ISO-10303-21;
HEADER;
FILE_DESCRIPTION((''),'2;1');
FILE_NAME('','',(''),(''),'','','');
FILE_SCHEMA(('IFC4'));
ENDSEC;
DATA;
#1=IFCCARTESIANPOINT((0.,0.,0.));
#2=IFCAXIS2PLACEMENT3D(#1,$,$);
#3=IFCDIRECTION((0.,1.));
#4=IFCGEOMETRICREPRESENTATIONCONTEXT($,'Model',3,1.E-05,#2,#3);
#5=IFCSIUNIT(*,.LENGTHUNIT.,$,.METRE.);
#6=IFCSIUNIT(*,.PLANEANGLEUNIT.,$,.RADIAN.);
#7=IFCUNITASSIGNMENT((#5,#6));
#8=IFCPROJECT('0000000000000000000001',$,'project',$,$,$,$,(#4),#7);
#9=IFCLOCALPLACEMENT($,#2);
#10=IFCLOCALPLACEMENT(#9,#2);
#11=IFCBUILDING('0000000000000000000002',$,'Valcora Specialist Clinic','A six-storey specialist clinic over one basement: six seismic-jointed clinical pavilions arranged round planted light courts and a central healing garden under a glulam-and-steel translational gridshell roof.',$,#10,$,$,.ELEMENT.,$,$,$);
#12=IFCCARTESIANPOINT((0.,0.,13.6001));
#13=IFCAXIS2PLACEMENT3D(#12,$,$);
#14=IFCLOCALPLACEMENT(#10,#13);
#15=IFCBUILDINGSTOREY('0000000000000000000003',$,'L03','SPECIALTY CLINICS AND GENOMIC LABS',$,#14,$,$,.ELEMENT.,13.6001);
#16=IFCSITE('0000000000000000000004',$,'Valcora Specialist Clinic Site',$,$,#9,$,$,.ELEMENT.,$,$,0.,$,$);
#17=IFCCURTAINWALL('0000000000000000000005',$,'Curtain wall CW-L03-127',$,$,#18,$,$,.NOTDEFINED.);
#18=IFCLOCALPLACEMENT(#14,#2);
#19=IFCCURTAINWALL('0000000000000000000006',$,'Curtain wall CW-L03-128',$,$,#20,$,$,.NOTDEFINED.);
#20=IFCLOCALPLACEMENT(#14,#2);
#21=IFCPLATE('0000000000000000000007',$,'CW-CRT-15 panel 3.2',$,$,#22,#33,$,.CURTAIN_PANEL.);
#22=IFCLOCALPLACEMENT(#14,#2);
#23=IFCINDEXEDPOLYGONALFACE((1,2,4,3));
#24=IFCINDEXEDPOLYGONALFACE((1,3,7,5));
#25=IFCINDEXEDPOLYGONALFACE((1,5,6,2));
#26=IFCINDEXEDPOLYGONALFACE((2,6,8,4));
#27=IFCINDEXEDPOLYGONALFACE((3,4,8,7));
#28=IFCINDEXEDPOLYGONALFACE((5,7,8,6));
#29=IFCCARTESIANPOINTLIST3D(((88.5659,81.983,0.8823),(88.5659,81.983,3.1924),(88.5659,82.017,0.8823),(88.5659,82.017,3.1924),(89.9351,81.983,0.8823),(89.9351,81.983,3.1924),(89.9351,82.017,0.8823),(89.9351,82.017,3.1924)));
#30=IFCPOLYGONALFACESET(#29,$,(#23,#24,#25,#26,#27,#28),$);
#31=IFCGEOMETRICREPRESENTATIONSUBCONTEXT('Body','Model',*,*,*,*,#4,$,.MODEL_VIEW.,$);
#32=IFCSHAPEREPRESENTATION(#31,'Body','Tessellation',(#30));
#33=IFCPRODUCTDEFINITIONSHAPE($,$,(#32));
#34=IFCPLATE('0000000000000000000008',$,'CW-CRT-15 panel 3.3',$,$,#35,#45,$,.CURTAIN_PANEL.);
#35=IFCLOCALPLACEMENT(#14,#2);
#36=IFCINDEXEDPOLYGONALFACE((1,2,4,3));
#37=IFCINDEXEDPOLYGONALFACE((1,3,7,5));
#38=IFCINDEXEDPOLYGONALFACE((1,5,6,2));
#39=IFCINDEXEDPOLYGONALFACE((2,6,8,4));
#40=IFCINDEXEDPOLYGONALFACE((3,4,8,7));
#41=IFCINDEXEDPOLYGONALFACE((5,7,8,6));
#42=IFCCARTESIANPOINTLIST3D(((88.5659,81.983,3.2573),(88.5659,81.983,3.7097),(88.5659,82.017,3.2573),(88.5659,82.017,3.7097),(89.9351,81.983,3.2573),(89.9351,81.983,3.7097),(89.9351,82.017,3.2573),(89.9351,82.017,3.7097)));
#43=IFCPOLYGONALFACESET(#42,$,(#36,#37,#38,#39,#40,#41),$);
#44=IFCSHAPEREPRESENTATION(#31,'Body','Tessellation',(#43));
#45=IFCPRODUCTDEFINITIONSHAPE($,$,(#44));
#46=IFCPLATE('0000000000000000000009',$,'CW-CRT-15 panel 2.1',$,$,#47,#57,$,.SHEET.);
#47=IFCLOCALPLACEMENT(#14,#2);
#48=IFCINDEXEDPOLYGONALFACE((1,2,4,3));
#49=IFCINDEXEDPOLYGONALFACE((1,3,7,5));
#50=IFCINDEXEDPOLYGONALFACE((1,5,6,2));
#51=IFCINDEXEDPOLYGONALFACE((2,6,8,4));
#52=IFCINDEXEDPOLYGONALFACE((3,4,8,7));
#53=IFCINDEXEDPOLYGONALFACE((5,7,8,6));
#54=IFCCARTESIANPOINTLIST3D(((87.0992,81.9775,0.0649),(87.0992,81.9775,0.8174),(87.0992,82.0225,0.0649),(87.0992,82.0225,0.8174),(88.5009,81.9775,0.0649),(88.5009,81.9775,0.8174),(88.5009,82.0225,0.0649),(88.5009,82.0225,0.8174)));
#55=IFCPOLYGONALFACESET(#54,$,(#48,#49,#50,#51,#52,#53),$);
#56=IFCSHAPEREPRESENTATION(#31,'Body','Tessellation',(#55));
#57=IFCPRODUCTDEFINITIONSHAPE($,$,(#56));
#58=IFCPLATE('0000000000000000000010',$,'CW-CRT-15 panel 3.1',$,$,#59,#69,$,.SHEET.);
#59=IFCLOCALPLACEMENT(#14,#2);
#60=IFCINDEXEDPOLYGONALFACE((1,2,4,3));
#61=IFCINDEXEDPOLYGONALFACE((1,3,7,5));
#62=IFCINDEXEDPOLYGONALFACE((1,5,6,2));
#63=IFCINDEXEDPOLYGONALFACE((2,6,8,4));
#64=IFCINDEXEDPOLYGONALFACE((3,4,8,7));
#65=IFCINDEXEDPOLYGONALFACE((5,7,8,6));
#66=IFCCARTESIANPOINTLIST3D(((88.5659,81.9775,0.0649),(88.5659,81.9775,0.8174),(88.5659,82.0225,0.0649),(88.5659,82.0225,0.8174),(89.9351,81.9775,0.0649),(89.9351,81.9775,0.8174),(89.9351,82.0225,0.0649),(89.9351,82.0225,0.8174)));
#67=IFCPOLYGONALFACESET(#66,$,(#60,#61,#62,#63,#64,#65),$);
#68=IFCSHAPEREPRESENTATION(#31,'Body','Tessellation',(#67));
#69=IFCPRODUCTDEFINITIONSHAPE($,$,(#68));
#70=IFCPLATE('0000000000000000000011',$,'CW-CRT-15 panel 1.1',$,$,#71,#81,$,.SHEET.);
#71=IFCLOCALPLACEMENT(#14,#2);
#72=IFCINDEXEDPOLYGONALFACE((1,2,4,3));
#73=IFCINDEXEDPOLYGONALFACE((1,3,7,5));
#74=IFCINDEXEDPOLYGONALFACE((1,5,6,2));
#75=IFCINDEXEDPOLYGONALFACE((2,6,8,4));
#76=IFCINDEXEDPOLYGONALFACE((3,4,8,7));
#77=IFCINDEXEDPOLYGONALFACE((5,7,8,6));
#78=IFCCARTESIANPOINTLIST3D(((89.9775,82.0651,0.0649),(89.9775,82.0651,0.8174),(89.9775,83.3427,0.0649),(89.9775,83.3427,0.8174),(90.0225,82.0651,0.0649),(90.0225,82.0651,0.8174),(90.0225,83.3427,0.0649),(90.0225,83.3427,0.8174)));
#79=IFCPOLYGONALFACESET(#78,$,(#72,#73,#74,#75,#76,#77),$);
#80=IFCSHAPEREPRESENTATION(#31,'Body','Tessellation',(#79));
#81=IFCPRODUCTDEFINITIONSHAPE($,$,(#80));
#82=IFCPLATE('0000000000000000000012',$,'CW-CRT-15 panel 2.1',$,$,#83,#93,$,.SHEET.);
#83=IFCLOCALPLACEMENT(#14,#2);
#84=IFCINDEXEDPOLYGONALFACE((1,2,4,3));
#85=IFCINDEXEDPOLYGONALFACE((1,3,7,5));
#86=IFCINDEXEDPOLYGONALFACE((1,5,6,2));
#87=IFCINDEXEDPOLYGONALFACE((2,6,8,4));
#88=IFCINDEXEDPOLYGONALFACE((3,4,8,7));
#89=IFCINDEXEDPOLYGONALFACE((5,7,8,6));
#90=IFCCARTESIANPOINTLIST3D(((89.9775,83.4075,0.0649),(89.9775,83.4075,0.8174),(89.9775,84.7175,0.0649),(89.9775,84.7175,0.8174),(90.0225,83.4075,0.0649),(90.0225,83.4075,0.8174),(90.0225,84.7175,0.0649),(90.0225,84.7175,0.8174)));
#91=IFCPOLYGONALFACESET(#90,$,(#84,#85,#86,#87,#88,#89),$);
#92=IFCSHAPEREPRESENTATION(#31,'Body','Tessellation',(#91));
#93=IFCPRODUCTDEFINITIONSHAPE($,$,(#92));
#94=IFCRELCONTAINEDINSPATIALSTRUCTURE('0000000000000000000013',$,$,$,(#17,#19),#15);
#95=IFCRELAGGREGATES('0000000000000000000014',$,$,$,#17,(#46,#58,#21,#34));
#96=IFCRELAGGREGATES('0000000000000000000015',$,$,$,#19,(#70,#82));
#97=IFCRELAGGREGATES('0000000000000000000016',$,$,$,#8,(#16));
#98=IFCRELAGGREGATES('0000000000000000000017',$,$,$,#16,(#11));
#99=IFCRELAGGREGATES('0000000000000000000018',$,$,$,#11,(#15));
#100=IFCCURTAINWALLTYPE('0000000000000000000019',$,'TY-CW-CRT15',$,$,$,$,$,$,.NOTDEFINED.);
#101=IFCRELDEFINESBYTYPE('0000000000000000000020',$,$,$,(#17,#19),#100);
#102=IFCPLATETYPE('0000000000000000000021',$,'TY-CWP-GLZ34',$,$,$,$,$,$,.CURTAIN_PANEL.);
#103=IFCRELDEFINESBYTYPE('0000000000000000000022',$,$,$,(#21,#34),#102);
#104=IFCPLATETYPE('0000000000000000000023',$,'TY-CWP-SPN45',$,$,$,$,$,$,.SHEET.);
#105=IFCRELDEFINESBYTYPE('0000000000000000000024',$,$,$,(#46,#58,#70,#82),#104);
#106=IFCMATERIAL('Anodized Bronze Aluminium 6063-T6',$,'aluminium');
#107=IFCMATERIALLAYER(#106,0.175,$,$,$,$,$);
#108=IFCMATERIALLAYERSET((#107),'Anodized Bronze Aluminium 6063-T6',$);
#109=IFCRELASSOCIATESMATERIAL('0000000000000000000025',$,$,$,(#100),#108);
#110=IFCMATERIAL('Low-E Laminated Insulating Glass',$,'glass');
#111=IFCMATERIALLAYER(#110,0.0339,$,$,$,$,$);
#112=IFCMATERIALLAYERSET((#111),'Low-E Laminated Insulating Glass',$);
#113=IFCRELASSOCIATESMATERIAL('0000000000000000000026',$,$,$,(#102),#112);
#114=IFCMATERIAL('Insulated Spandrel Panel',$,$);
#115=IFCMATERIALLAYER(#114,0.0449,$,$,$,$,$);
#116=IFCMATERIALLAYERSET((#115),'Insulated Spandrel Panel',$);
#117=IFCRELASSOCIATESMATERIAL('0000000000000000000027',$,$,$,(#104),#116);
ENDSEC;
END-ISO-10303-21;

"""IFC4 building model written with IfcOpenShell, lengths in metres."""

from ifc_helpers import new_model, si_unit, direction, frame, origin, origin_2d, place, context, subcontext, project, spatial, rectangle, extrude, material, layer, layer_set, type_object, element, aggregate, save


model = new_model("IFC4")

# Units and contexts
model_context = context("Model", 3, precision=1e-05, world=origin(), true_north=direction((0.0, 1.0)))
body_context = subcontext(model_context, "Body", "Model", "MODEL_VIEW")
ifc_project = project(units=[si_unit("LENGTHUNIT", "METRE"), si_unit("PLANEANGLEUNIT", "RADIAN")], contexts=[model_context])

# Site, building, storey
site_placement = place(None, origin())
site = spatial("IfcSite", under=ifc_project, at=site_placement, Name="Valcora Specialist Clinic Site", CompositionType="ELEMENT", RefElevation=0.0)
building_placement = place(site_placement, origin())
building = spatial("IfcBuilding", under=site, at=building_placement, Name="Valcora Specialist Clinic", Description="A six-storey specialist clinic over one basement: six seismic-jointed clinical pavilions arranged round planted light courts and a central healing garden under a glulam-and-steel translational gridshell roof.", CompositionType="ELEMENT")
storey_placement = place(building_placement, frame((0.0, 0.0, 13.6001)))
storey = spatial("IfcBuildingStorey", under=building, at=storey_placement, Name="L03", Description="SPECIALTY CLINICS AND GENOMIC LABS", CompositionType="ELEMENT", Elevation=13.6001)

# Curtain walls
ifc_material_1 = material(Name="Anodized Bronze Aluminium 6063-T6", Category="aluminium")
ifc_layer_1 = layer(ifc_material_1, 0.175)
ifc_layer_set_1 = layer_set([ifc_layer_1], Name="Anodized Bronze Aluminium 6063-T6")
curtain_wall_type = type_object("IfcCurtainWallType", Name="TY-CW-CRT15", PredefinedType="NOTDEFINED", material=ifc_layer_set_1)
curtain_wall_1_placement = place(storey_placement, origin())
curtain_wall_1 = element("IfcCurtainWall", 1, at=curtain_wall_1_placement, inside=storey, type_object=curtain_wall_type, Name="Curtain wall CW-L03-127", PredefinedType="NOTDEFINED")
curtain_wall_2_placement = place(storey_placement, origin())
curtain_wall_2 = element("IfcCurtainWall", 2, at=curtain_wall_2_placement, inside=storey, type_object=curtain_wall_type, Name="Curtain wall CW-L03-128", PredefinedType="NOTDEFINED")

# Plates
ifc_material_2 = material(Name="Low-E Laminated Insulating Glass", Category="glass")
ifc_layer_2 = layer(ifc_material_2, 0.0339)
ifc_layer_set_2 = layer_set([ifc_layer_2], Name="Low-E Laminated Insulating Glass")
plate_type_1 = type_object("IfcPlateType", Name="TY-CWP-GLZ34", PredefinedType="CURTAIN_PANEL", material=ifc_layer_set_2)
plate_1_placement = place(storey_placement, frame((89.2505, 82.0, 0.8823), z_axis=(0.0, 0.0, 1.0), x_axis=(1.0, 0.0, 0.0)))
plate_1 = element("IfcPlate", 3, at=plate_1_placement, type_object=plate_type_1, Name="CW-CRT-15 panel 3.2", PredefinedType="CURTAIN_PANEL", context=body_context, shape_type="SweptSolid", body=[
    extrude(rectangle(XDim=1.3691, YDim=0.0339, at=origin_2d()), origin(), (0.0, 0.0, 1.0), 2.3101),
])
plate_2_placement = place(storey_placement, frame((89.2505, 82.0, 3.2573), z_axis=(0.0, 0.0, 1.0), x_axis=(1.0, 0.0, 0.0)))
plate_2 = element("IfcPlate", 4, at=plate_2_placement, type_object=plate_type_1, Name="CW-CRT-15 panel 3.3", PredefinedType="CURTAIN_PANEL", context=body_context, shape_type="SweptSolid", body=[
    extrude(rectangle(XDim=1.3691, YDim=0.0339, at=origin_2d()), origin(), (0.0, 0.0, 1.0), 0.4524),
])
ifc_material_3 = material(Name="Insulated Spandrel Panel")
ifc_layer_3 = layer(ifc_material_3, 0.0449)
ifc_layer_set_3 = layer_set([ifc_layer_3], Name="Insulated Spandrel Panel")
plate_type_2 = type_object("IfcPlateType", Name="TY-CWP-SPN45", PredefinedType="SHEET", material=ifc_layer_set_3)
plate_3_placement = place(storey_placement, frame((87.8, 82.0, 0.0649), z_axis=(0.0, 0.0, 1.0), x_axis=(1.0, 0.0, 0.0)))
plate_3 = element("IfcPlate", 5, at=plate_3_placement, type_object=plate_type_2, Name="CW-CRT-15 panel 2.1", PredefinedType="SHEET", context=body_context, shape_type="SweptSolid", body=[
    extrude(rectangle(XDim=1.4016, YDim=0.0449, at=origin_2d()), origin(), (0.0, 0.0, 1.0), 0.7524),
])
plate_4_placement = place(storey_placement, frame((89.2505, 82.0, 0.0649), z_axis=(0.0, 0.0, 1.0), x_axis=(1.0, 0.0, 0.0)))
plate_4 = element("IfcPlate", 6, at=plate_4_placement, type_object=plate_type_2, Name="CW-CRT-15 panel 3.1", PredefinedType="SHEET", context=body_context, shape_type="SweptSolid", body=[
    extrude(rectangle(XDim=1.3691, YDim=0.0449, at=origin_2d()), origin(), (0.0, 0.0, 1.0), 0.7524),
])
aggregate(curtain_wall_1, [plate_3, plate_4, plate_1, plate_2])
plate_5_placement = place(storey_placement, frame((90.0, 82.7039, 0.0649), z_axis=(0.0, 0.0, 1.0), x_axis=(0.0, 1.0, 0.0)))
plate_5 = element("IfcPlate", 7, at=plate_5_placement, type_object=plate_type_2, Name="CW-CRT-15 panel 1.1", PredefinedType="SHEET", context=body_context, shape_type="SweptSolid", body=[
    extrude(rectangle(XDim=1.2776, YDim=0.0449, at=origin_2d()), origin(), (0.0, 0.0, 1.0), 0.7524),
])
plate_6_placement = place(storey_placement, frame((90.0, 84.0625, 0.0649), z_axis=(0.0, 0.0, 1.0), x_axis=(0.0, 1.0, 0.0)))
plate_6 = element("IfcPlate", 8, at=plate_6_placement, type_object=plate_type_2, Name="CW-CRT-15 panel 2.1", PredefinedType="SHEET", context=body_context, shape_type="SweptSolid", body=[
    extrude(rectangle(XDim=1.3101, YDim=0.0449, at=origin_2d()), origin(), (0.0, 0.0, 1.0), 0.7524),
])
aggregate(curtain_wall_2, [plate_5, plate_6])

save(model, "model.ifc")
